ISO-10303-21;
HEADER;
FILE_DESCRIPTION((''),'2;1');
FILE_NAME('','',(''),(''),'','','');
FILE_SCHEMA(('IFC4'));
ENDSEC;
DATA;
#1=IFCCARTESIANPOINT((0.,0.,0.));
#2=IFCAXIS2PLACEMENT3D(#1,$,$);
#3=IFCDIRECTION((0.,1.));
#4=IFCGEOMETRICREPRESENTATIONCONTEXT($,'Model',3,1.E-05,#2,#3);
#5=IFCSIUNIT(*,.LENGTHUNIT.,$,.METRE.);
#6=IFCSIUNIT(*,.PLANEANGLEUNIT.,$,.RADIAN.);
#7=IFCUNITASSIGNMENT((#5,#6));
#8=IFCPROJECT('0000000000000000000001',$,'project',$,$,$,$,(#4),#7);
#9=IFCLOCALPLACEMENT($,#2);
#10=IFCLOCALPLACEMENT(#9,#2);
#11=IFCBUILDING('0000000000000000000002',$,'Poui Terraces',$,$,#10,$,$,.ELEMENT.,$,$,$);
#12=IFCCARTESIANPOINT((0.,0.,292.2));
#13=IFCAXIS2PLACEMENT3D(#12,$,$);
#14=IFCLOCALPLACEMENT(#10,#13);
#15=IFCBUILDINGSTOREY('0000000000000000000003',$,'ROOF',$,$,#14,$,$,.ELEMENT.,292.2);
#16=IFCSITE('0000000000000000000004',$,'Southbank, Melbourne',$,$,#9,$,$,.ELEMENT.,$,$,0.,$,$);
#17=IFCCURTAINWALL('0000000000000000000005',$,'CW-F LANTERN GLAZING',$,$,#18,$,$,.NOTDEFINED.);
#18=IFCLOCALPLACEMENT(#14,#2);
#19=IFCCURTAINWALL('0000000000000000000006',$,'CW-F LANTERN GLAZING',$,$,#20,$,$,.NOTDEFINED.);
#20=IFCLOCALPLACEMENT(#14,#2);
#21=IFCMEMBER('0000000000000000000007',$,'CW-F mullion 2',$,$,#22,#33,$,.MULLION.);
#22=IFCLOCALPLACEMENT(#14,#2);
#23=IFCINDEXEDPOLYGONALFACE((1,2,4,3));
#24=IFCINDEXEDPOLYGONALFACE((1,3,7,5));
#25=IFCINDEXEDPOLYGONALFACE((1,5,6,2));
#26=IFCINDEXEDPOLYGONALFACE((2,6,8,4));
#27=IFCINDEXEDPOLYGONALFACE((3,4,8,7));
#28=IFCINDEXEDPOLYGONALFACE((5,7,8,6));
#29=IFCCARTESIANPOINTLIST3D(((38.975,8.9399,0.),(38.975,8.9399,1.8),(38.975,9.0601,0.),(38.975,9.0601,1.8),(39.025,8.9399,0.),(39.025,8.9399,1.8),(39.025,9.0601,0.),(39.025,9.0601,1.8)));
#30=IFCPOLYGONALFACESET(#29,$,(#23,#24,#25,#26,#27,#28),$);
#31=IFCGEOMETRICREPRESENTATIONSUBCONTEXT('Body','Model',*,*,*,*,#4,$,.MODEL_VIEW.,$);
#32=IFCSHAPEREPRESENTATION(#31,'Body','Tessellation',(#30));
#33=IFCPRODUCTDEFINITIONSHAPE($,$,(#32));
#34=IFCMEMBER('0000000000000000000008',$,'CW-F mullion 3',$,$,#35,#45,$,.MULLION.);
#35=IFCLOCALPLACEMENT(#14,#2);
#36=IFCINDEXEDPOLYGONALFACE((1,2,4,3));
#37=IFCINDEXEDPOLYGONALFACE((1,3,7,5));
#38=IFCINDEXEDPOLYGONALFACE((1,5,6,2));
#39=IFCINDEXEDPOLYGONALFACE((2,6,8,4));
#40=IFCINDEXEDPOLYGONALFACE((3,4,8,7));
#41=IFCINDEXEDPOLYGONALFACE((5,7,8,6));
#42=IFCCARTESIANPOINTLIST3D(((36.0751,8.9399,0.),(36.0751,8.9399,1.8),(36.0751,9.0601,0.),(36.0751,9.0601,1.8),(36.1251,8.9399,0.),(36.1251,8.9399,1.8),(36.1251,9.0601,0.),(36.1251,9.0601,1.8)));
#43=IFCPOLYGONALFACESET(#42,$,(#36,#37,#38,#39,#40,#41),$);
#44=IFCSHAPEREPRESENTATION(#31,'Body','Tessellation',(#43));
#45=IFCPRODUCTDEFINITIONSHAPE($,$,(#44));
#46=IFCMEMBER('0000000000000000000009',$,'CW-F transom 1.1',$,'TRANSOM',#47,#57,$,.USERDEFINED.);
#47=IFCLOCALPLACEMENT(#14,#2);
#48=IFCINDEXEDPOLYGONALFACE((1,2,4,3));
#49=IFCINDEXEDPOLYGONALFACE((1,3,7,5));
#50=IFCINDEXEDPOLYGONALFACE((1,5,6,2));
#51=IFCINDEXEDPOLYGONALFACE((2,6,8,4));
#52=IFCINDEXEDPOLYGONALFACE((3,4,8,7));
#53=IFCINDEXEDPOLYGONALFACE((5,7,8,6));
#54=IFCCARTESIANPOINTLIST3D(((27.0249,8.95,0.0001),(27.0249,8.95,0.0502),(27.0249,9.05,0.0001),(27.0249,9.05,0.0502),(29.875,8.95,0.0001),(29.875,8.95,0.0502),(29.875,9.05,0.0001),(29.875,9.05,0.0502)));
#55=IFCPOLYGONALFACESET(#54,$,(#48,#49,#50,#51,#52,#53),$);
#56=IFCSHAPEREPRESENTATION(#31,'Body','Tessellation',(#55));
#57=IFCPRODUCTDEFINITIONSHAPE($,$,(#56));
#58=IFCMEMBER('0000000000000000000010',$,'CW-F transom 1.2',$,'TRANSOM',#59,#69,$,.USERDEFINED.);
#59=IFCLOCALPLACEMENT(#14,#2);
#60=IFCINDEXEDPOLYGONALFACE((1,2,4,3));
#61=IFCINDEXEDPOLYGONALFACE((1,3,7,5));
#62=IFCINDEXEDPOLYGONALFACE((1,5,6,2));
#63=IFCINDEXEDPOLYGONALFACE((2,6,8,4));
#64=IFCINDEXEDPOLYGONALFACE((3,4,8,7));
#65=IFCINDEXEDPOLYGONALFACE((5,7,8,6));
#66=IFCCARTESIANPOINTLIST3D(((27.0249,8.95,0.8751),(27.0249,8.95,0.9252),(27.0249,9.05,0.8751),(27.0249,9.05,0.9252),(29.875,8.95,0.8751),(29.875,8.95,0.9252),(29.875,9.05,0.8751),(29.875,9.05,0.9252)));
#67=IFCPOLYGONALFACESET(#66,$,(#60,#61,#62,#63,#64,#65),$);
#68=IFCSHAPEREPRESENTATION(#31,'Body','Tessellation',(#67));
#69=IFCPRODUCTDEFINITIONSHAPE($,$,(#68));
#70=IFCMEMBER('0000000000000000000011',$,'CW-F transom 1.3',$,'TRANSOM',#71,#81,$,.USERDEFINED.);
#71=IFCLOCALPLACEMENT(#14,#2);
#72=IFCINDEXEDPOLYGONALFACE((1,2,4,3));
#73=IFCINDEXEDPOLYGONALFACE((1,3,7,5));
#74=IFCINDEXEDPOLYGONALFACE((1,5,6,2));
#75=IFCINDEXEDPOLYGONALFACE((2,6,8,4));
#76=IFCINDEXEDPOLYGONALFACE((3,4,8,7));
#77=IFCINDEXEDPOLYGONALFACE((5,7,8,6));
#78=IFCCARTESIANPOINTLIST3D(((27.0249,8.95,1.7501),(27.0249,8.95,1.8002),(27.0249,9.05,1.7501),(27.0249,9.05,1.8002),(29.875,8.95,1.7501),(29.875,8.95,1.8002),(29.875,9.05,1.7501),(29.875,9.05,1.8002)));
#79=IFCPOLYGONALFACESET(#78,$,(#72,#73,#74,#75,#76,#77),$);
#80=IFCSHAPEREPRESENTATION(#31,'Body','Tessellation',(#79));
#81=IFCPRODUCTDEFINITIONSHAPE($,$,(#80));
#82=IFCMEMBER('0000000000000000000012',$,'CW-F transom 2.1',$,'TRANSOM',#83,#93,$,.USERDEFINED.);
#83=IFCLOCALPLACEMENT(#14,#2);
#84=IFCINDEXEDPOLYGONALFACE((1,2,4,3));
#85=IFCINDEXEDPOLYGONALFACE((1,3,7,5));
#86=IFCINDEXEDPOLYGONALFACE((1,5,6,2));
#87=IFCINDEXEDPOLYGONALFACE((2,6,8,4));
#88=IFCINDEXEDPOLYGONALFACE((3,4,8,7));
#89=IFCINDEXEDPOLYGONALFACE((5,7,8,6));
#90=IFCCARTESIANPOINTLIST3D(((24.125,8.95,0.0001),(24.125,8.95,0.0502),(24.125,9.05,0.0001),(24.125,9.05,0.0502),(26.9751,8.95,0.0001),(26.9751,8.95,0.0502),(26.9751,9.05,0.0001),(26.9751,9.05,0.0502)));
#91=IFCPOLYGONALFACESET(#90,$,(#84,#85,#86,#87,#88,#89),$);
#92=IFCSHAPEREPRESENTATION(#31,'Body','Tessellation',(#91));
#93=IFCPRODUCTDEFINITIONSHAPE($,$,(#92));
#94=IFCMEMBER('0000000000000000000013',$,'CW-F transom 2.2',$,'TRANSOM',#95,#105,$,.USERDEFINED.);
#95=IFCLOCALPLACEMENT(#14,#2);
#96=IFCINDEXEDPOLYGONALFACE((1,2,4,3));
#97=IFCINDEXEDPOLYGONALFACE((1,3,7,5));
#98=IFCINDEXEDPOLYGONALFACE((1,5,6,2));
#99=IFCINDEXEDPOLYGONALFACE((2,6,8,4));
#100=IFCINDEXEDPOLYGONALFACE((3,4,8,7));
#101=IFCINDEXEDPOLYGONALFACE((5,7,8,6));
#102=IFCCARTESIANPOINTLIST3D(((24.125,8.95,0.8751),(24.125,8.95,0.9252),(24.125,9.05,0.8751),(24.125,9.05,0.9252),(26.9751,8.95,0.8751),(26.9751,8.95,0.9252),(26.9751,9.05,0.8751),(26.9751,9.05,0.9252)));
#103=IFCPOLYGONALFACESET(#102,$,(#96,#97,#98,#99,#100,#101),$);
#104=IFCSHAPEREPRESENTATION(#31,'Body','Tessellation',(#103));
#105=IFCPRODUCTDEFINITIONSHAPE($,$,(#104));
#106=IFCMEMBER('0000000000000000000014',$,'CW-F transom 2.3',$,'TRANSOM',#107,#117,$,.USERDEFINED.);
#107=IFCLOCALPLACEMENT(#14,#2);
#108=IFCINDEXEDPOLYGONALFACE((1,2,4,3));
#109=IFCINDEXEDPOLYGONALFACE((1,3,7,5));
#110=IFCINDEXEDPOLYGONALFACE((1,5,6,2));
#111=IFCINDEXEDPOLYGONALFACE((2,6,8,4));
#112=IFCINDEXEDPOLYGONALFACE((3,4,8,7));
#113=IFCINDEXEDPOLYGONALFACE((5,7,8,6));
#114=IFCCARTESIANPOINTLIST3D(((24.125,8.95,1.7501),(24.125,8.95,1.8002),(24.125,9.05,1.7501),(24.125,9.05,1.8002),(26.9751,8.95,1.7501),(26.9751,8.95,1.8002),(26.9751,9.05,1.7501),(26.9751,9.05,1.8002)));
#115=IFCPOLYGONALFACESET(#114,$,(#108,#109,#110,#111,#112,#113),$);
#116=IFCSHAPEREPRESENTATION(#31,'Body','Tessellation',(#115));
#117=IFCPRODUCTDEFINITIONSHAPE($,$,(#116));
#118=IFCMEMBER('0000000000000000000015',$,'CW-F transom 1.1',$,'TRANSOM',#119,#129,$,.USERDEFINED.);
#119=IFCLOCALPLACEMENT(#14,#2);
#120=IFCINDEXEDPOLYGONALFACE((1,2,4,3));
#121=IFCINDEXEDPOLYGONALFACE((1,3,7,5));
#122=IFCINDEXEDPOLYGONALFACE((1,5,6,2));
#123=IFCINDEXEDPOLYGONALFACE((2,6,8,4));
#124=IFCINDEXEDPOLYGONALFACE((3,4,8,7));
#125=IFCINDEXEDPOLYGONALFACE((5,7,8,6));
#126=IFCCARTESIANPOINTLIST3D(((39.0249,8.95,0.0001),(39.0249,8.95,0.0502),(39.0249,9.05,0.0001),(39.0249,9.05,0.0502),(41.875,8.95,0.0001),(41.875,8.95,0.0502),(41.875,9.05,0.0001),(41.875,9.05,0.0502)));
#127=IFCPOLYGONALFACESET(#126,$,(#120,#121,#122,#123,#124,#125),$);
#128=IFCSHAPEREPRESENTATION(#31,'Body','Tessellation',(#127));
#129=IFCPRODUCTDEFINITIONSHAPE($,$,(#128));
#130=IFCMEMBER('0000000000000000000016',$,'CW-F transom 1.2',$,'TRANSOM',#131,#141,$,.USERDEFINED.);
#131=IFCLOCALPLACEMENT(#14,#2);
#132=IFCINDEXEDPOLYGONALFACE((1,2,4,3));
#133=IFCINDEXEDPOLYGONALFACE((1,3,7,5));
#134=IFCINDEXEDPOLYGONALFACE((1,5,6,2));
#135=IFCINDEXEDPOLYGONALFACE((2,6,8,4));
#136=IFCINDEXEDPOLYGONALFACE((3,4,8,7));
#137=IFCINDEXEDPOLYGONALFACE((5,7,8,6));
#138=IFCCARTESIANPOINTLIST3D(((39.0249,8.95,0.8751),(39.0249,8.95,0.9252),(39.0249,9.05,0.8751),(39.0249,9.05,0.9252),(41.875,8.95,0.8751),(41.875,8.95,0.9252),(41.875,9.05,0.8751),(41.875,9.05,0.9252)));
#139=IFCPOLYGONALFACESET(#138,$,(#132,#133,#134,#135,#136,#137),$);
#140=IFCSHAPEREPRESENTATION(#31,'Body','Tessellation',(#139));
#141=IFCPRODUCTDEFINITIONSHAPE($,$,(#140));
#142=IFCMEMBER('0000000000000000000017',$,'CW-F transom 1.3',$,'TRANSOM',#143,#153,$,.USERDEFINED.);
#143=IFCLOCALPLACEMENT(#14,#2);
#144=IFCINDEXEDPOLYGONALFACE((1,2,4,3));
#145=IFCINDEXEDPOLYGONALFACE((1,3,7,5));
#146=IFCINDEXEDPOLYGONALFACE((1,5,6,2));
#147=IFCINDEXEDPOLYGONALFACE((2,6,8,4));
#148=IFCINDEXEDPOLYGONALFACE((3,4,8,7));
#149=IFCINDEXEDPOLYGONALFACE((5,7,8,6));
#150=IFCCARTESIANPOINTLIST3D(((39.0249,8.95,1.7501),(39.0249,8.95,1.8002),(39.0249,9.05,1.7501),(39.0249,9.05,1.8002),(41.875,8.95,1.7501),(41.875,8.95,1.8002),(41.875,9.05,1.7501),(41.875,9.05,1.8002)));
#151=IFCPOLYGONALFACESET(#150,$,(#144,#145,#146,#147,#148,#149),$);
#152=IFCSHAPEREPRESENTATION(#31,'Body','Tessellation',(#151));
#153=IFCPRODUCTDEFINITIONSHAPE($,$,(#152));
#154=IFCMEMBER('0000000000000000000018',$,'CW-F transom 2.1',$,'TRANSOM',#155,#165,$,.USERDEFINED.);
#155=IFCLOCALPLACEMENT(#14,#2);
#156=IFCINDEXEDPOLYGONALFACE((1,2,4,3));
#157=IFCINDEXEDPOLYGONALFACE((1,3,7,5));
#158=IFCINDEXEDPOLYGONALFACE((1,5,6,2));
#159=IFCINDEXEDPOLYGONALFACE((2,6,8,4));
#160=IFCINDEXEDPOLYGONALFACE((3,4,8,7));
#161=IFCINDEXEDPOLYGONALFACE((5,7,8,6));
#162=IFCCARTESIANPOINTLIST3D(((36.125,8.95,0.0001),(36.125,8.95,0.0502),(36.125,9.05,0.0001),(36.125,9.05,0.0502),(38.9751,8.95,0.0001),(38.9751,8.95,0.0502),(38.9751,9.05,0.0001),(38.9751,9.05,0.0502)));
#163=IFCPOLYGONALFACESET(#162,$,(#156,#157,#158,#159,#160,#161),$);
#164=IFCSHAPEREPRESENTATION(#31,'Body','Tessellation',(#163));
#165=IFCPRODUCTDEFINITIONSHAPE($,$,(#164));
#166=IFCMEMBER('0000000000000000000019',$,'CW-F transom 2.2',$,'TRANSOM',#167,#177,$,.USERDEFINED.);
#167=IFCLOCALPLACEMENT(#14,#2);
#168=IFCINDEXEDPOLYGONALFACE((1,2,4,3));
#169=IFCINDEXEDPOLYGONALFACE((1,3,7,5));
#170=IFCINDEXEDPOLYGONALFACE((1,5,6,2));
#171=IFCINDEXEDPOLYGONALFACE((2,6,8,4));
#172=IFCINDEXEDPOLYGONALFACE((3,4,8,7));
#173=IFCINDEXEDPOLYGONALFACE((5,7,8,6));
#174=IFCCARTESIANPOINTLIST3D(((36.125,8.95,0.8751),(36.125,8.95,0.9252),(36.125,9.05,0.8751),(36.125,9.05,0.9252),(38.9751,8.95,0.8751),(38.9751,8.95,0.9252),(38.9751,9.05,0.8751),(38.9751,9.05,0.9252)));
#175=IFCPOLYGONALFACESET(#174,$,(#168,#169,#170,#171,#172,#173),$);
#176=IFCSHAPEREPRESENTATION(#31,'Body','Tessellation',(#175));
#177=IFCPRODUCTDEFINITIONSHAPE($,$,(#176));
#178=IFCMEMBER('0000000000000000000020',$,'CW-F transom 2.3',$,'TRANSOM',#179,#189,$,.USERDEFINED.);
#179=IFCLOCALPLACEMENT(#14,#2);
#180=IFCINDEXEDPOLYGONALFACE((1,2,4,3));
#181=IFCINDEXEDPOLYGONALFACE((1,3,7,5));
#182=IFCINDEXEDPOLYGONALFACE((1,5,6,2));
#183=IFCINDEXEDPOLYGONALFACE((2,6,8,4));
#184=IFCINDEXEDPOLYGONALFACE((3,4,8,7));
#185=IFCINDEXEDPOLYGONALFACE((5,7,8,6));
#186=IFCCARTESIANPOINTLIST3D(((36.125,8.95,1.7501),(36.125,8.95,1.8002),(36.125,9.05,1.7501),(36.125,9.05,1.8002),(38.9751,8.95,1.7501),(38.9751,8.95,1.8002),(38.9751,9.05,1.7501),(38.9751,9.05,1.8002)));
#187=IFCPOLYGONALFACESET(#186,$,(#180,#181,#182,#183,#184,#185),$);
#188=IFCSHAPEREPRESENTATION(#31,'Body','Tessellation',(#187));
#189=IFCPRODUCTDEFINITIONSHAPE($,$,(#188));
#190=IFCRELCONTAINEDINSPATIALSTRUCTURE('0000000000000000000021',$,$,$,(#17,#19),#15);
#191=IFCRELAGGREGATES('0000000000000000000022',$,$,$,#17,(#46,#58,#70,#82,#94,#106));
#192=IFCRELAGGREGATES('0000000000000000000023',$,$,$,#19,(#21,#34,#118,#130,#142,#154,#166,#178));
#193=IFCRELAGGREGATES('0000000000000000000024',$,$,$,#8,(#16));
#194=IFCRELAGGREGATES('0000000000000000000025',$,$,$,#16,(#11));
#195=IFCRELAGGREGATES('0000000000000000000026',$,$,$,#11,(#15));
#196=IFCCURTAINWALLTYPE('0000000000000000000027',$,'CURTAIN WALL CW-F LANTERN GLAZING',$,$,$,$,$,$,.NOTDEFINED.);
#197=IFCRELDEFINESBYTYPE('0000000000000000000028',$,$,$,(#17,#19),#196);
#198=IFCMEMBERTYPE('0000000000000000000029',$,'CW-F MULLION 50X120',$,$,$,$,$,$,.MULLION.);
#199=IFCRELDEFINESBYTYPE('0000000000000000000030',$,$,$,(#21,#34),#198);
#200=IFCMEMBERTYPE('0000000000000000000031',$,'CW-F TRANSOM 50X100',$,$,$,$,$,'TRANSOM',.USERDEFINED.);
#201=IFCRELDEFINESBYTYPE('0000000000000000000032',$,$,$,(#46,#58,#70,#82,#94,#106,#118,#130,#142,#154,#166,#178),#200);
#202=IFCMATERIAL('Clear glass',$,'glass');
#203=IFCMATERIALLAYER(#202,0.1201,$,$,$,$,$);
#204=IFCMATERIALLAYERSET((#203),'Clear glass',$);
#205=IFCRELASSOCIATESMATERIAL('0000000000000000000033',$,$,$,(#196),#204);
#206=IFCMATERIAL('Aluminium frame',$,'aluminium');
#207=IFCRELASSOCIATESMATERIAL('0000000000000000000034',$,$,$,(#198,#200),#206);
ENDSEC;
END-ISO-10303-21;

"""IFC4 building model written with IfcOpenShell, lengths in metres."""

from ifc_helpers import new_model, si_unit, direction, frame, origin, origin_2d, place, context, subcontext, project, spatial, rectangle, extrude, material, layer, layer_set, material_profile, profile_set, type_object, element, aggregate, save


model = new_model("IFC4")

# Units and contexts
model_context = context("Model", 3, precision=1e-05, world=origin(), true_north=direction((0.0, 1.0)))
body_context = subcontext(model_context, "Body", "Model", "MODEL_VIEW")
ifc_project = project(units=[si_unit("LENGTHUNIT", "METRE"), si_unit("PLANEANGLEUNIT", "RADIAN")], contexts=[model_context])

# Site, building, storey
site_placement = place(None, origin())
site = spatial("IfcSite", under=ifc_project, at=site_placement, Name="Southbank, Melbourne", CompositionType="ELEMENT", RefElevation=0.0)
building_placement = place(site_placement, origin())
building = spatial("IfcBuilding", under=site, at=building_placement, Name="Poui Terraces", CompositionType="ELEMENT")
storey_placement = place(building_placement, frame((0.0, 0.0, 292.2)))
storey = spatial("IfcBuildingStorey", under=building, at=storey_placement, Name="ROOF", CompositionType="ELEMENT", Elevation=292.2)

# Curtain walls, members
ifc_material_1 = material(Name="Clear glass", Category="glass")
ifc_layer_1 = layer(ifc_material_1, 0.1201)
ifc_layer_set_1 = layer_set([ifc_layer_1], Name="Clear glass")
curtain_wall_type = type_object("IfcCurtainWallType", Name="CURTAIN WALL CW-F LANTERN GLAZING", PredefinedType="NOTDEFINED", material=ifc_layer_set_1)
curtain_wall_1_placement = place(storey_placement, origin())
curtain_wall_1 = element("IfcCurtainWall", 1, at=curtain_wall_1_placement, inside=storey, type_object=curtain_wall_type, Name="CW-F LANTERN GLAZING", PredefinedType="NOTDEFINED")
ifc_material_2 = material(Name="Aluminium frame", Category="aluminium")
ifc_material_profile_1 = material_profile(ifc_material_2, rectangle(XDim=0.1201, YDim=0.05, at=origin_2d()), Name="CW-F MULLION 50X120")
ifc_profile_set_1 = profile_set([ifc_material_profile_1], Name="Aluminium frame")
member_type_1 = type_object("IfcMemberType", Name="CW-F MULLION 50X120", PredefinedType="MULLION", material=ifc_profile_set_1)
curtain_wall_2_placement = place(storey_placement, origin())
curtain_wall_2 = element("IfcCurtainWall", 2, at=curtain_wall_2_placement, inside=storey, type_object=curtain_wall_type, Name="CW-F LANTERN GLAZING", PredefinedType="NOTDEFINED")
member_1_placement = place(storey_placement, frame((39.0, 9.0, 0.0), z_axis=(0.0, 0.0, 1.0), x_axis=(0.0, -1.0, 0.0)))
member_1 = element("IfcMember", 3, at=member_1_placement, type_object=member_type_1, Name="CW-F mullion 2", PredefinedType="MULLION", context=body_context, shape_type="SweptSolid", body=[
    extrude(rectangle(XDim=0.1201, YDim=0.05, at=origin_2d()), origin(), (0.0, 0.0, 1.0), 1.8),
])
member_2_placement = place(storey_placement, frame((36.1001, 9.0, 0.0), z_axis=(0.0, 0.0, 1.0), x_axis=(0.0, -1.0, 0.0)))
member_2 = element("IfcMember", 4, at=member_2_placement, type_object=member_type_1, Name="CW-F mullion 3", PredefinedType="MULLION", context=body_context, shape_type="SweptSolid", body=[
    extrude(rectangle(XDim=0.1201, YDim=0.05, at=origin_2d()), origin(), (0.0, 0.0, 1.0), 1.8),
])

# Members
ifc_material_profile_2 = material_profile(ifc_material_2, rectangle(XDim=0.1001, YDim=0.05, at=origin_2d()), Name="CW-F TRANSOM 50X100")
ifc_profile_set_2 = profile_set([ifc_material_profile_2], Name="Aluminium frame")
member_type_2 = type_object("IfcMemberType", Name="CW-F TRANSOM 50X100", ElementType="TRANSOM", PredefinedType="USERDEFINED", material=ifc_profile_set_2)
member_3_placement = place(storey_placement, frame((29.875, 9.0, 0.0251), z_axis=(-1.0, 0.0, 0.0), x_axis=(0.0, -1.0, 0.0)))
member_3 = element("IfcMember", 5, at=member_3_placement, type_object=member_type_2, Name="CW-F transom 1.1", ObjectType="TRANSOM", PredefinedType="USERDEFINED", context=body_context, shape_type="SweptSolid", body=[
    extrude(rectangle(XDim=0.1001, YDim=0.05, at=origin_2d()), origin(), (0.0, 0.0, 1.0), 2.8501),
])
member_4_placement = place(storey_placement, frame((29.875, 9.0, 0.9001), z_axis=(-1.0, 0.0, 0.0), x_axis=(0.0, -1.0, 0.0)))
member_4 = element("IfcMember", 6, at=member_4_placement, type_object=member_type_2, Name="CW-F transom 1.2", ObjectType="TRANSOM", PredefinedType="USERDEFINED", context=body_context, shape_type="SweptSolid", body=[
    extrude(rectangle(XDim=0.1001, YDim=0.05, at=origin_2d()), origin(), (0.0, 0.0, 1.0), 2.8501),
])
member_5_placement = place(storey_placement, frame((29.875, 9.0, 1.7751), z_axis=(-1.0, 0.0, 0.0), x_axis=(0.0, -1.0, 0.0)))
member_5 = element("IfcMember", 7, at=member_5_placement, type_object=member_type_2, Name="CW-F transom 1.3", ObjectType="TRANSOM", PredefinedType="USERDEFINED", context=body_context, shape_type="SweptSolid", body=[
    extrude(rectangle(XDim=0.1001, YDim=0.05, at=origin_2d()), origin(), (0.0, 0.0, 1.0), 2.8501),
])
member_6_placement = place(storey_placement, frame((26.9751, 9.0, 0.0251), z_axis=(-1.0, 0.0, 0.0), x_axis=(0.0, -1.0, 0.0)))
member_6 = element("IfcMember", 8, at=member_6_placement, type_object=member_type_2, Name="CW-F transom 2.1", ObjectType="TRANSOM", PredefinedType="USERDEFINED", context=body_context, shape_type="SweptSolid", body=[
    extrude(rectangle(XDim=0.1001, YDim=0.05, at=origin_2d()), origin(), (0.0, 0.0, 1.0), 2.8501),
])
member_7_placement = place(storey_placement, frame((26.9751, 9.0, 0.9001), z_axis=(-1.0, 0.0, 0.0), x_axis=(0.0, -1.0, 0.0)))
member_7 = element("IfcMember", 9, at=member_7_placement, type_object=member_type_2, Name="CW-F transom 2.2", ObjectType="TRANSOM", PredefinedType="USERDEFINED", context=body_context, shape_type="SweptSolid", body=[
    extrude(rectangle(XDim=0.1001, YDim=0.05, at=origin_2d()), origin(), (0.0, 0.0, 1.0), 2.8501),
])
member_8_placement = place(storey_placement, frame((26.9751, 9.0, 1.7751), z_axis=(-1.0, 0.0, 0.0), x_axis=(0.0, -1.0, 0.0)))
member_8 = element("IfcMember", 10, at=member_8_placement, type_object=member_type_2, Name="CW-F transom 2.3", ObjectType="TRANSOM", PredefinedType="USERDEFINED", context=body_context, shape_type="SweptSolid", body=[
    extrude(rectangle(XDim=0.1001, YDim=0.05, at=origin_2d()), origin(), (0.0, 0.0, 1.0), 2.8501),
])
member_9_placement = place(storey_placement, frame((41.875, 9.0, 0.0251), z_axis=(-1.0, 0.0, 0.0), x_axis=(0.0, -1.0, 0.0)))
member_9 = element("IfcMember", 11, at=member_9_placement, type_object=member_type_2, Name="CW-F transom 1.1", ObjectType="TRANSOM", PredefinedType="USERDEFINED", context=body_context, shape_type="SweptSolid", body=[
    extrude(rectangle(XDim=0.1001, YDim=0.05, at=origin_2d()), origin(), (0.0, 0.0, 1.0), 2.8501),
])
member_10_placement = place(storey_placement, frame((41.875, 9.0, 0.9001), z_axis=(-1.0, 0.0, 0.0), x_axis=(0.0, -1.0, 0.0)))
member_10 = element("IfcMember", 12, at=member_10_placement, type_object=member_type_2, Name="CW-F transom 1.2", ObjectType="TRANSOM", PredefinedType="USERDEFINED", context=body_context, shape_type="SweptSolid", body=[
    extrude(rectangle(XDim=0.1001, YDim=0.05, at=origin_2d()), origin(), (0.0, 0.0, 1.0), 2.8501),
])
member_11_placement = place(storey_placement, frame((41.875, 9.0, 1.7751), z_axis=(-1.0, 0.0, 0.0), x_axis=(0.0, -1.0, 0.0)))
member_11 = element("IfcMember", 13, at=member_11_placement, type_object=member_type_2, Name="CW-F transom 1.3", ObjectType="TRANSOM", PredefinedType="USERDEFINED", context=body_context, shape_type="SweptSolid", body=[
    extrude(rectangle(XDim=0.1001, YDim=0.05, at=origin_2d()), origin(), (0.0, 0.0, 1.0), 2.8501),
])
member_12_placement = place(storey_placement, frame((38.9751, 9.0, 0.0251), z_axis=(-1.0, 0.0, 0.0), x_axis=(0.0, -1.0, 0.0)))
member_12 = element("IfcMember", 14, at=member_12_placement, type_object=member_type_2, Name="CW-F transom 2.1", ObjectType="TRANSOM", PredefinedType="USERDEFINED", context=body_context, shape_type="SweptSolid", body=[
    extrude(rectangle(XDim=0.1001, YDim=0.05, at=origin_2d()), origin(), (0.0, 0.0, 1.0), 2.8501),
])
member_13_placement = place(storey_placement, frame((38.9751, 9.0, 0.9001), z_axis=(-1.0, 0.0, 0.0), x_axis=(0.0, -1.0, 0.0)))
member_13 = element("IfcMember", 15, at=member_13_placement, type_object=member_type_2, Name="CW-F transom 2.2", ObjectType="TRANSOM", PredefinedType="USERDEFINED", context=body_context, shape_type="SweptSolid", body=[
    extrude(rectangle(XDim=0.1001, YDim=0.05, at=origin_2d()), origin(), (0.0, 0.0, 1.0), 2.8501),
])
member_14_placement = place(storey_placement, frame((38.9751, 9.0, 1.7751), z_axis=(-1.0, 0.0, 0.0), x_axis=(0.0, -1.0, 0.0)))
member_14 = element("IfcMember", 16, at=member_14_placement, type_object=member_type_2, Name="CW-F transom 2.3", ObjectType="TRANSOM", PredefinedType="USERDEFINED", context=body_context, shape_type="SweptSolid", body=[
    extrude(rectangle(XDim=0.1001, YDim=0.05, at=origin_2d()), origin(), (0.0, 0.0, 1.0), 2.8501),
])

aggregate(curtain_wall_1, [member_3, member_4, member_5, member_6, member_7, member_8])
aggregate(curtain_wall_2, [member_1, member_2, member_9, member_10, member_11, member_12, member_13, member_14])

save(model, "model.ifc")
